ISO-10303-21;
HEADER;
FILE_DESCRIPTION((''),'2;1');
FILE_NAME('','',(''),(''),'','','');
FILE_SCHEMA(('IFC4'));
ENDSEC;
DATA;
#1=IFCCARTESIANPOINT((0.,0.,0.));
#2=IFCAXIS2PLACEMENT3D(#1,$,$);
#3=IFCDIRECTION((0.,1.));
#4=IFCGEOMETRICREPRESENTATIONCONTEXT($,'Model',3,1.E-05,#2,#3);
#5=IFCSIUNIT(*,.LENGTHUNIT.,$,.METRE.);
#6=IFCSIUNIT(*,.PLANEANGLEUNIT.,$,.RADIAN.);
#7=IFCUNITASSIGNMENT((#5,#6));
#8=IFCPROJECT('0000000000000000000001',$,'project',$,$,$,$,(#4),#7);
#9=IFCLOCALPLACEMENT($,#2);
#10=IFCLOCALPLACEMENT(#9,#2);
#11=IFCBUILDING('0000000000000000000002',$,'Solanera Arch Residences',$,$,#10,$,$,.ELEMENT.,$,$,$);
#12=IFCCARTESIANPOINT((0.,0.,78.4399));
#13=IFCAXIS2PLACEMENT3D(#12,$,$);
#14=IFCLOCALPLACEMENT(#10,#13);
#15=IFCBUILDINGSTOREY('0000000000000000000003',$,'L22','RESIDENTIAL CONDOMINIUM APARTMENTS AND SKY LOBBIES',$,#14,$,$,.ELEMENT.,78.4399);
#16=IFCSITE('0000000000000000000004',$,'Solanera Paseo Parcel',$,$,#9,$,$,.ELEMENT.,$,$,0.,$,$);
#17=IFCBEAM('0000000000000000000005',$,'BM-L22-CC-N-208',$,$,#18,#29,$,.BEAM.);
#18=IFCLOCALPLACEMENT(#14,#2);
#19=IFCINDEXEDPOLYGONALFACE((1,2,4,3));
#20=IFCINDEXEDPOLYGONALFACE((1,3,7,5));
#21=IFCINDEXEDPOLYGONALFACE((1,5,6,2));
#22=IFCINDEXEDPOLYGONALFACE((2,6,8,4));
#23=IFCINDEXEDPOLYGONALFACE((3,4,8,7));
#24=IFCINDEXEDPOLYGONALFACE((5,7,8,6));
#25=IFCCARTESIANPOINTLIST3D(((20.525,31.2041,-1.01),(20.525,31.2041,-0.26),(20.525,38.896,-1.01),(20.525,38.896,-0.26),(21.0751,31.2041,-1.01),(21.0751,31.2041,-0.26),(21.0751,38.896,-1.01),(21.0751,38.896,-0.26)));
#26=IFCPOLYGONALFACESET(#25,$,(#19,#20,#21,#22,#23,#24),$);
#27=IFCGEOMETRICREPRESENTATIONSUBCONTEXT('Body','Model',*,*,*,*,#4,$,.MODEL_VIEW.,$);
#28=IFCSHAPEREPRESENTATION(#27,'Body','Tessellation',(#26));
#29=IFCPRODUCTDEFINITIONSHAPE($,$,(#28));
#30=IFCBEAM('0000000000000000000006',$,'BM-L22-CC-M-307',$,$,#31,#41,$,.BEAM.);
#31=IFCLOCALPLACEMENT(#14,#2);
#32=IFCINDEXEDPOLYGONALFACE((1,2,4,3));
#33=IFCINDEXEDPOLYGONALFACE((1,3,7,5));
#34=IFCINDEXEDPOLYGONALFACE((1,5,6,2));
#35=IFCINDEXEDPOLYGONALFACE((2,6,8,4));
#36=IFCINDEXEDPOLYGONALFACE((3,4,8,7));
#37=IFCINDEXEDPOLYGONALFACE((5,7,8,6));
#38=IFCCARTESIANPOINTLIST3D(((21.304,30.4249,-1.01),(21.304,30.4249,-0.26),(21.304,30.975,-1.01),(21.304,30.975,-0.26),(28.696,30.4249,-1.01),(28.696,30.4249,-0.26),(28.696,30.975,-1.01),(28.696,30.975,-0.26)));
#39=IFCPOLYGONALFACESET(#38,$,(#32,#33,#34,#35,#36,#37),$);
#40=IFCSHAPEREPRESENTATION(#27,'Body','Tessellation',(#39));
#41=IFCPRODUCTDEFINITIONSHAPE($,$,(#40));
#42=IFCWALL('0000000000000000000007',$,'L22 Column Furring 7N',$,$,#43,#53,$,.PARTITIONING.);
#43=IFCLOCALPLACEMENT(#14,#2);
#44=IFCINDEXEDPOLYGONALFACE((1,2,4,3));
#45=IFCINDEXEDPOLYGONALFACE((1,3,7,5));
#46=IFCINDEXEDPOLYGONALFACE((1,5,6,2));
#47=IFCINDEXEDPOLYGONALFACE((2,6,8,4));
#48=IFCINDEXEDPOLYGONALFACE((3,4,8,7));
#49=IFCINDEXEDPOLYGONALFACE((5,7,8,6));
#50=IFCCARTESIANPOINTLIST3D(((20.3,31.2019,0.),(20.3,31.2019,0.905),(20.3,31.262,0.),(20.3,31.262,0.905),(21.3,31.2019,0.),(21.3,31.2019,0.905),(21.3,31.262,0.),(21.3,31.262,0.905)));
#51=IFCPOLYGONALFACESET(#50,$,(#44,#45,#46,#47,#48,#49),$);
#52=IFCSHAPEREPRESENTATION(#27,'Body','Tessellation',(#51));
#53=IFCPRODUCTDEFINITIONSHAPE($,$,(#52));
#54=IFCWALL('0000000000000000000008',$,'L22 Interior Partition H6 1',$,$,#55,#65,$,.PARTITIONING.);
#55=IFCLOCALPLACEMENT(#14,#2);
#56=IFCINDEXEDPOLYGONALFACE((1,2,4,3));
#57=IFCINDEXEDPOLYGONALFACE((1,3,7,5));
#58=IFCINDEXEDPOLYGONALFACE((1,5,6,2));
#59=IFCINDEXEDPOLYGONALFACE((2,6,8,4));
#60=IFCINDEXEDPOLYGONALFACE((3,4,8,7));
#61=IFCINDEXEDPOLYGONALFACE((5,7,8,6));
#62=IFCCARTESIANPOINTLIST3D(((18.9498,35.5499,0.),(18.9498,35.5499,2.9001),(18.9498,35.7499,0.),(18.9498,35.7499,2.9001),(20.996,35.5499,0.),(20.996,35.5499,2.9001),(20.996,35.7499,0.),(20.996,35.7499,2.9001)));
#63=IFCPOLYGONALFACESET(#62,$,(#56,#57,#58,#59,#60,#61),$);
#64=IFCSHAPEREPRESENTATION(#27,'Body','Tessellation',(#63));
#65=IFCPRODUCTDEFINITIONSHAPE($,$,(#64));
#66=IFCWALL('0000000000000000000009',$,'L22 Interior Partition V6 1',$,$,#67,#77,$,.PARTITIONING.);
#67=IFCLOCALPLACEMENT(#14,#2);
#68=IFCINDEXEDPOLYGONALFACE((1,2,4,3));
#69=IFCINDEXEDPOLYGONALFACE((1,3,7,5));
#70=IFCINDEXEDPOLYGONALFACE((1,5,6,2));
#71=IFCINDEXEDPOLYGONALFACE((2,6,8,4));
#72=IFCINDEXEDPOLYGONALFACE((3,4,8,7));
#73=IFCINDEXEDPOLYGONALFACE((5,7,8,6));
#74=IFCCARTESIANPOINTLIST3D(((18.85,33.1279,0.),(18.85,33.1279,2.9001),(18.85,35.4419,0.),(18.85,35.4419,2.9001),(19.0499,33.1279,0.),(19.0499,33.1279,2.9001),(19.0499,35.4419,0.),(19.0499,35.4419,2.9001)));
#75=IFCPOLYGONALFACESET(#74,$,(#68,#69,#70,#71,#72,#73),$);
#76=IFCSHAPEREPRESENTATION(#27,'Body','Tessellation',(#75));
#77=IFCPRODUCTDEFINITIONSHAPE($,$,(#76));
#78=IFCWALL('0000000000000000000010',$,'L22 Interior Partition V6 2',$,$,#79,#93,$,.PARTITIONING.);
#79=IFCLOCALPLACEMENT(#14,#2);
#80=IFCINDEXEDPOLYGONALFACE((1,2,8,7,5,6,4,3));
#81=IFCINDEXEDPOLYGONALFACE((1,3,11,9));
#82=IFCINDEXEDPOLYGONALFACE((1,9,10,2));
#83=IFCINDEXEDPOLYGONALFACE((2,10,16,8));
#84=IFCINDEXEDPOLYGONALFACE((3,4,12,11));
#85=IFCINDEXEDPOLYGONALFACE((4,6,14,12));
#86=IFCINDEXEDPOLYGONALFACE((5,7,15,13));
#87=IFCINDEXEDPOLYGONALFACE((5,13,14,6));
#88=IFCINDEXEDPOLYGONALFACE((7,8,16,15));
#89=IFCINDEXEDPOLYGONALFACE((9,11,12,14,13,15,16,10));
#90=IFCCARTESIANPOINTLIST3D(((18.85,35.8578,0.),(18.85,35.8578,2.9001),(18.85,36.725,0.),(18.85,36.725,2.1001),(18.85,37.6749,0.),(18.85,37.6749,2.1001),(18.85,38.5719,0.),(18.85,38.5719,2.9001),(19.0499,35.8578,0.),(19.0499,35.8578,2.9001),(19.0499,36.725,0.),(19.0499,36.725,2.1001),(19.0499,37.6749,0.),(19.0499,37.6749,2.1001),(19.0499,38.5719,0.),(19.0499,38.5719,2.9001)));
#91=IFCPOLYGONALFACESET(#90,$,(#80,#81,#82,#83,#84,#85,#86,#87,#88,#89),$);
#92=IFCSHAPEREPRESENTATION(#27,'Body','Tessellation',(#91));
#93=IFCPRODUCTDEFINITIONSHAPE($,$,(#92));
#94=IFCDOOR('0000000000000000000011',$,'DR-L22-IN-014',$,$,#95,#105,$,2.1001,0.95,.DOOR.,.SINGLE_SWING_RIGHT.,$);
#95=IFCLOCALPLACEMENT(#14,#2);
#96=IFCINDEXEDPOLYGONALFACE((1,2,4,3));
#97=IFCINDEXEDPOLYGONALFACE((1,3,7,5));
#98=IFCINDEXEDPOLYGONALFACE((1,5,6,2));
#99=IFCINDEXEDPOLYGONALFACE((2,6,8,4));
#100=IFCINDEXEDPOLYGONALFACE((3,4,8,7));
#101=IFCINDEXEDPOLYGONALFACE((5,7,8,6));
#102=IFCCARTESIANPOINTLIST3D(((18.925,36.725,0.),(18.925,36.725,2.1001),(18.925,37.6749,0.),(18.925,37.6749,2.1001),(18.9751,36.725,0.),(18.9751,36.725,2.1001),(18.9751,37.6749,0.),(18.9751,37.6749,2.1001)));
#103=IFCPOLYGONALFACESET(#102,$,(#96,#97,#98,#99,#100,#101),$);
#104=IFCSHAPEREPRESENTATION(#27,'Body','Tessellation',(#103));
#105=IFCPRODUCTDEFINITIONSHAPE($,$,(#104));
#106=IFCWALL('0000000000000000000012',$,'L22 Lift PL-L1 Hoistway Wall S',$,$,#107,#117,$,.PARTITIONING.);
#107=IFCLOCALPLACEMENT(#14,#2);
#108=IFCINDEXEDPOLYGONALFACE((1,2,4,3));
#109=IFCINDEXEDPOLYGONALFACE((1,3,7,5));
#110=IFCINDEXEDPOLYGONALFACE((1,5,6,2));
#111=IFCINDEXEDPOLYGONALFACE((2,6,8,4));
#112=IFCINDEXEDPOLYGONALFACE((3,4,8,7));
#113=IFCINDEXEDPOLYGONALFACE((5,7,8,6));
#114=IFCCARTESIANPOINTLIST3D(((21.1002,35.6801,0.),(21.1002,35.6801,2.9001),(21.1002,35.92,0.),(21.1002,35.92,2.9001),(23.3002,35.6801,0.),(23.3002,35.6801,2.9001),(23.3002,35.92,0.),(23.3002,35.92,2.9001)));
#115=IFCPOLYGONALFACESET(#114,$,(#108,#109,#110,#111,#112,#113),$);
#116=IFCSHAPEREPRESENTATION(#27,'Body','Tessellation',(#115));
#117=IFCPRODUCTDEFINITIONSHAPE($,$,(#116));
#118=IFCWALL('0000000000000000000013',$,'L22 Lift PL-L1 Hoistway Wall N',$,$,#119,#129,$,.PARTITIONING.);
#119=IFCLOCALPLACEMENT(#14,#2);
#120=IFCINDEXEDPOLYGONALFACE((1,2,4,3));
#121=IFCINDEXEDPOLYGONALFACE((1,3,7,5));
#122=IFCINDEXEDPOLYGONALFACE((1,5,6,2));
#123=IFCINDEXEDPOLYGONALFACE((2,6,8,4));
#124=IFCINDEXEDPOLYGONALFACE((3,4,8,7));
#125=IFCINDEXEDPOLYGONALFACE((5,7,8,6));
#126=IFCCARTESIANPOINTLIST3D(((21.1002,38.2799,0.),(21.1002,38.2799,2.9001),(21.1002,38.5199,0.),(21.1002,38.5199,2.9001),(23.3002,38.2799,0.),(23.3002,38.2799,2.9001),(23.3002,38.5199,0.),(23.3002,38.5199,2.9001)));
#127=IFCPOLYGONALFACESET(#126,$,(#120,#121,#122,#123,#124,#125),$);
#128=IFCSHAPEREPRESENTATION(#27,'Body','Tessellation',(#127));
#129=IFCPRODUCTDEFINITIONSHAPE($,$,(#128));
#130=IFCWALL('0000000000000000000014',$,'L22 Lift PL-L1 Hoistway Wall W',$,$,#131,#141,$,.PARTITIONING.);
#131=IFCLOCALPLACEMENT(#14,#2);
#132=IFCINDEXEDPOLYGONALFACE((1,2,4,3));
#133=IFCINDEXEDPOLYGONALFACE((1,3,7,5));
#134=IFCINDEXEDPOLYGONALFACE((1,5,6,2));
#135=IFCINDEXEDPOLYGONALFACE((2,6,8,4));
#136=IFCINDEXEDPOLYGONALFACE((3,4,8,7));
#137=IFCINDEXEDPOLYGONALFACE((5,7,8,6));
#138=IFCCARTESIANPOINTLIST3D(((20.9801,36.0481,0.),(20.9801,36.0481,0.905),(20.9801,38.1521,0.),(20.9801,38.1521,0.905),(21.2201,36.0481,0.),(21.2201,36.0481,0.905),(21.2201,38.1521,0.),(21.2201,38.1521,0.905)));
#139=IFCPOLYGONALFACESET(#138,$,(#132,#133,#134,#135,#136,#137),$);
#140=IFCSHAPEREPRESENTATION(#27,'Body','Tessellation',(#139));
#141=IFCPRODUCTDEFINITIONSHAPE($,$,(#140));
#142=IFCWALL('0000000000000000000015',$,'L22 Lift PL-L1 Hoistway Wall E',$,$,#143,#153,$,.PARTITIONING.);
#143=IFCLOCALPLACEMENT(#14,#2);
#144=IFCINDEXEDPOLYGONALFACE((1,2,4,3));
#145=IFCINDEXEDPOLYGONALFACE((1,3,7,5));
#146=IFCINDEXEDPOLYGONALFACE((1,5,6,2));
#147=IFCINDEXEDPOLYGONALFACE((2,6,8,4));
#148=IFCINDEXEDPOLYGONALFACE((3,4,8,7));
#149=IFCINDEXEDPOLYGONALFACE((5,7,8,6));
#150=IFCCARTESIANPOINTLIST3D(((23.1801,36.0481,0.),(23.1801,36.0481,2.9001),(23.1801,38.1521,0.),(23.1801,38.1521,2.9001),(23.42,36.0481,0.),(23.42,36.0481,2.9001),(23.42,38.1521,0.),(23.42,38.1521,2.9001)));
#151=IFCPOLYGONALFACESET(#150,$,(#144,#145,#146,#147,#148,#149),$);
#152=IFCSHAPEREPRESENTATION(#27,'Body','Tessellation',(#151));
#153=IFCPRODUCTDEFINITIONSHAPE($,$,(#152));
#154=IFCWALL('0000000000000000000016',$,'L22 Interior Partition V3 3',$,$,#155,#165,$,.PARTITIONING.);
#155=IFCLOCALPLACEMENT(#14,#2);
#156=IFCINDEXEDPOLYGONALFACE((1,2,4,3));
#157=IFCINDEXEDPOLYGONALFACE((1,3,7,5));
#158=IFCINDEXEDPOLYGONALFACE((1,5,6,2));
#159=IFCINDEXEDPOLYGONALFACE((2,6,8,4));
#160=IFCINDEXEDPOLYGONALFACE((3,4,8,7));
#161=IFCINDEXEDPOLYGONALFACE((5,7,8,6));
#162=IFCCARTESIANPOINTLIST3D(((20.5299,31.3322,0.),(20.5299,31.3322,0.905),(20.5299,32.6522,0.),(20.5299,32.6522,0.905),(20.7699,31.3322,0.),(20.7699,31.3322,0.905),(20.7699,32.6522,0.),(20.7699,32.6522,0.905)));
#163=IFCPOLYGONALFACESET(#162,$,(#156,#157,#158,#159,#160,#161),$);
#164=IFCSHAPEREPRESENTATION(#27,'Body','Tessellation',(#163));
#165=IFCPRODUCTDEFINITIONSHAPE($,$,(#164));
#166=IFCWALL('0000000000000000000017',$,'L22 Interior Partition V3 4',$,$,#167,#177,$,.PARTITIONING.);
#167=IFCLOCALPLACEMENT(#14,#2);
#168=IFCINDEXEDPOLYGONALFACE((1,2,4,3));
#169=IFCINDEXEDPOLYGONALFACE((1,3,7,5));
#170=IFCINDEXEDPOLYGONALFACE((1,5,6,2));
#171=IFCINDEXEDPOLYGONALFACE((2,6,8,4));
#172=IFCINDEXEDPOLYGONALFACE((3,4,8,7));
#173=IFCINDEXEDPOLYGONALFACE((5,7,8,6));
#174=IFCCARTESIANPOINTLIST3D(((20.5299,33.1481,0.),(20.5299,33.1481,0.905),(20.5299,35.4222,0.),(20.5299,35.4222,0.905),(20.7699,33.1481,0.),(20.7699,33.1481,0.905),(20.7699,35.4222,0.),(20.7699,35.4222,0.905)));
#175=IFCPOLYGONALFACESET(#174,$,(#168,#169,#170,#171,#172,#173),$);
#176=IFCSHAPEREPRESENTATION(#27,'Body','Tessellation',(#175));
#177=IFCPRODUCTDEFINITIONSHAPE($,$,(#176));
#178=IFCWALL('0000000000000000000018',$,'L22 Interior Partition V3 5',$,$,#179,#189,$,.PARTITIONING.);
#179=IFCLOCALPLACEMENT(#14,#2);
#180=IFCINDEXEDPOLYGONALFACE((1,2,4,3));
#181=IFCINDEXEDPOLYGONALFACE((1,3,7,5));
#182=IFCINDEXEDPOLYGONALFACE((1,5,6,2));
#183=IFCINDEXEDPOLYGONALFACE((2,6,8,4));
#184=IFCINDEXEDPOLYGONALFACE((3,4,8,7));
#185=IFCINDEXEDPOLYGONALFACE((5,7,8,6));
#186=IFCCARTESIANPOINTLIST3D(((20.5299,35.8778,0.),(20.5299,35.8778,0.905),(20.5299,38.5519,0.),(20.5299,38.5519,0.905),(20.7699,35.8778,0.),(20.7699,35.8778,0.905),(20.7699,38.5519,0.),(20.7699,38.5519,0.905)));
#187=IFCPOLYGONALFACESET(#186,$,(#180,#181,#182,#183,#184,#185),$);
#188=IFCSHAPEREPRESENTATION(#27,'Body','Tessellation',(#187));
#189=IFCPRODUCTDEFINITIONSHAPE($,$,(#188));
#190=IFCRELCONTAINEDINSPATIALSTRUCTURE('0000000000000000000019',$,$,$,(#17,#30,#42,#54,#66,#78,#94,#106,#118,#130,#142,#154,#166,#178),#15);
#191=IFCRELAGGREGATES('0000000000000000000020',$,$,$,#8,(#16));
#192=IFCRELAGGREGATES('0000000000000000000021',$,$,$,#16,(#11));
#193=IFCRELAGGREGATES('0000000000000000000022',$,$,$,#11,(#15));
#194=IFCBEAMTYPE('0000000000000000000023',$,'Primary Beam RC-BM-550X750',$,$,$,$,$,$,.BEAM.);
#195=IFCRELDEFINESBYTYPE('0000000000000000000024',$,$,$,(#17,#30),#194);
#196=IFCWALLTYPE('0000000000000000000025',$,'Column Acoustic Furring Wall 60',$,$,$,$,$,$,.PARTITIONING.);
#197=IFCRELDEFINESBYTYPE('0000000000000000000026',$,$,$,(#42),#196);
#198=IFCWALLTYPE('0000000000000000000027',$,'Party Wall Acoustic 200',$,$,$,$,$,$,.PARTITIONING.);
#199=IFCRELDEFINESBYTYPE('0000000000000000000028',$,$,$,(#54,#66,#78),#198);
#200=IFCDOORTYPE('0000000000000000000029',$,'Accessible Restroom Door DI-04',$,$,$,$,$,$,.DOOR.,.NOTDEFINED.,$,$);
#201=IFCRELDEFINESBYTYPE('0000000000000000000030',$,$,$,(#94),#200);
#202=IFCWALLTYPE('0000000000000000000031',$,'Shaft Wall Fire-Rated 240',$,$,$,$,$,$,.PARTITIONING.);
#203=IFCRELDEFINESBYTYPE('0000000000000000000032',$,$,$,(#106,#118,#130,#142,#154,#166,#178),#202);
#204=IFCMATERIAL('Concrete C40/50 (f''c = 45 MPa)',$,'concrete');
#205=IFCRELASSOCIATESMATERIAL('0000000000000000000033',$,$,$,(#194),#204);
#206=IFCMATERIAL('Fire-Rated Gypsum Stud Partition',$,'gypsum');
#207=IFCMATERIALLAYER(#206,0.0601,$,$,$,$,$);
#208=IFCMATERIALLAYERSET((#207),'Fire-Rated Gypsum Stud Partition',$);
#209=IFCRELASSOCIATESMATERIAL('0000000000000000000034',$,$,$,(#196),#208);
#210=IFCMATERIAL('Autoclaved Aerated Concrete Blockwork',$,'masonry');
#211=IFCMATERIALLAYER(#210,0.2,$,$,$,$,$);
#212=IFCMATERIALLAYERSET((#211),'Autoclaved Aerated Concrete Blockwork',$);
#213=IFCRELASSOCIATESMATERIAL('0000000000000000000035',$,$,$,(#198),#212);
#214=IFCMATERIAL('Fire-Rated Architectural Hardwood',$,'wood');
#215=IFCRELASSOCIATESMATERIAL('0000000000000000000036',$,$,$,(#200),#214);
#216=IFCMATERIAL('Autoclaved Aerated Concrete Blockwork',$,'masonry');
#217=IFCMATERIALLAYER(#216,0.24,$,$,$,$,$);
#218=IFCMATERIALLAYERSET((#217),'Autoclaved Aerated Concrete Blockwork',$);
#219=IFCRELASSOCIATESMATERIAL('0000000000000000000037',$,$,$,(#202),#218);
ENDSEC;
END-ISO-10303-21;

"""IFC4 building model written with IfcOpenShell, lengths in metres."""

from ifc_helpers import new_model, si_unit, direction, frame, frame_2d, origin, origin_2d, place, context, subcontext, project, spatial, rectangle, extrude, material, layer, layer_set, material_profile, profile_set, type_object, element, fill, save


model = new_model("IFC4")

# Units and contexts
model_context = context("Model", 3, precision=1e-05, world=origin(), true_north=direction((0.0, 1.0)))
body_context = subcontext(model_context, "Body", "Model", "MODEL_VIEW")
ifc_project = project(units=[si_unit("LENGTHUNIT", "METRE"), si_unit("PLANEANGLEUNIT", "RADIAN")], contexts=[model_context])

# Site, building, storey
site_placement = place(None, origin())
site = spatial("IfcSite", under=ifc_project, at=site_placement, Name="Solanera Paseo Parcel", CompositionType="ELEMENT", RefElevation=0.0)
building_placement = place(site_placement, origin())
building = spatial("IfcBuilding", under=site, at=building_placement, Name="Solanera Arch Residences", CompositionType="ELEMENT")
storey_placement = place(building_placement, frame((0.0, 0.0, 78.4399)))
storey = spatial("IfcBuildingStorey", under=building, at=storey_placement, Name="L22", Description="RESIDENTIAL CONDOMINIUM APARTMENTS AND SKY LOBBIES", CompositionType="ELEMENT", Elevation=78.4399)

# Beams
ifc_material_1 = material(Name="Concrete C40/50 (f'c = 45 MPa)", Category="concrete")
ifc_material_profile = material_profile(ifc_material_1, rectangle(XDim=0.55, YDim=0.75, at=origin_2d()))
ifc_profile_set = profile_set([ifc_material_profile], Name="Concrete C40/50 (f'c = 45 MPa)")
beam_type = type_object("IfcBeamType", Name="Primary Beam RC-BM-550X750", PredefinedType="BEAM", material=ifc_profile_set)
beam_1_placement = place(storey_placement, frame((20.8, 31.2041, -0.635), z_axis=(0.0, 1.0, 0.0), x_axis=(-1.0, 0.0, 0.0)))
element("IfcBeam", 1, at=beam_1_placement, inside=storey, type_object=beam_type, Name="BM-L22-CC-N-208", PredefinedType="BEAM", context=body_context, shape_type="SweptSolid", body=[
    extrude(rectangle(XDim=0.55, YDim=0.75, at=origin_2d()), origin(), (0.0, 0.0, 1.0), 7.6919),
])
beam_2_placement = place(storey_placement, frame((21.304, 30.7, -0.635), z_axis=(1.0, 0.0, 0.0), x_axis=(0.0, 1.0, 0.0)))
element("IfcBeam", 2, at=beam_2_placement, inside=storey, type_object=beam_type, Name="BM-L22-CC-M-307", PredefinedType="BEAM", context=body_context, shape_type="SweptSolid", body=[
    extrude(rectangle(XDim=0.55, YDim=0.75, at=origin_2d()), origin(), (0.0, 0.0, 1.0), 7.3921),
])

# Wall
ifc_material_2 = material(Name="Fire-Rated Gypsum Stud Partition", Category="gypsum")
ifc_layer_1 = layer(ifc_material_2, 0.0601)
ifc_layer_set_1 = layer_set([ifc_layer_1], Name="Fire-Rated Gypsum Stud Partition")
wall_type_1 = type_object("IfcWallType", Name="Column Acoustic Furring Wall 60", PredefinedType="PARTITIONING", material=ifc_layer_set_1)
wall_1_placement = place(storey_placement, frame((20.3, 31.2319, 0.0), z_axis=(0.0, 0.0, 1.0), x_axis=(1.0, 0.0, 0.0)))
element("IfcWall", 3, at=wall_1_placement, inside=storey, type_object=wall_type_1, Name="L22 Column Furring 7N", PredefinedType="PARTITIONING", context=body_context, shape_type="SweptSolid", body=[
    extrude(rectangle(XDim=1.0, YDim=0.0601, at=frame_2d((0.5, 0.0))), origin(), (0.0, 0.0, 1.0), 0.905),
])

# Walls
ifc_material_3 = material(Name="Autoclaved Aerated Concrete Blockwork", Category="masonry")
ifc_layer_2 = layer(ifc_material_3, 0.2)
ifc_layer_set_2 = layer_set([ifc_layer_2], Name="Autoclaved Aerated Concrete Blockwork")
wall_type_2 = type_object("IfcWallType", Name="Party Wall Acoustic 200", PredefinedType="PARTITIONING", material=ifc_layer_set_2)
wall_2_placement = place(storey_placement, frame((18.95, 35.6499, 0.0), z_axis=(0.0, 0.0, 1.0), x_axis=(1.0, 0.0, 0.0)))
element("IfcWall", 4, at=wall_2_placement, inside=storey, type_object=wall_type_2, Name="L22 Interior Partition H6 1", PredefinedType="PARTITIONING", context=body_context, shape_type="SweptSolid", body=[
    extrude(rectangle(XDim=2.0461, YDim=0.2, at=frame_2d((1.0229, 0.0))), origin(), (0.0, 0.0, 1.0), 2.9001),
])
wall_3_placement = place(storey_placement, frame((18.95, 33.1279, 0.0), z_axis=(0.0, 0.0, 1.0), x_axis=(0.0, 1.0, 0.0)))
element("IfcWall", 5, at=wall_3_placement, inside=storey, type_object=wall_type_2, Name="L22 Interior Partition V6 1", PredefinedType="PARTITIONING", context=body_context, shape_type="SweptSolid", body=[
    extrude(rectangle(XDim=2.314, YDim=0.2, at=frame_2d((1.157, 0.0))), origin(), (0.0, 0.0, 1.0), 2.9001),
])

# Wall, opening, door
wall_4_placement = place(storey_placement, frame((18.95, 35.8579, 0.0), z_axis=(0.0, 0.0, 1.0), x_axis=(0.0, 1.0, 0.0)))
wall_4 = element("IfcWall", 6, at=wall_4_placement, inside=storey, type_object=wall_type_2, Name="L22 Interior Partition V6 2", PredefinedType="PARTITIONING", context=body_context, shape_type="SweptSolid", body=[
    extrude(rectangle(XDim=2.7141, YDim=0.2, at=frame_2d((1.3569, 0.0))), origin(), (0.0, 0.0, 1.0), 2.9001),
])
opening_1_placement = place(wall_4_placement, frame((0.8669, 0.0, 0.0)))
opening_1 = element("IfcOpeningElement", 7, at=opening_1_placement, cuts=wall_4, PredefinedType="OPENING", context=body_context, shape_type="SweptSolid", body=[
    extrude(rectangle(XDim=0.95, YDim=2.1001, at=frame_2d((0.4751, 1.05))), frame((0.0, 0.1101, 0.0), z_axis=(0.0, -1.0, 0.0), x_axis=(1.0, 0.0, 0.0)), (0.0, 0.0, 1.0), 0.22),
])
ifc_material_4 = material(Name="Fire-Rated Architectural Hardwood", Category="wood")
door_type_1 = type_object("IfcDoorType", Name="Accessible Restroom Door DI-04", OperationType="NOTDEFINED", PredefinedType="DOOR", material=ifc_material_4)
door_1_placement = place(opening_1_placement, origin())
door_1 = element("IfcDoor", 8, at=door_1_placement, inside=storey, type_object=door_type_1, Name="DR-L22-IN-014", OperationType="SINGLE_SWING_RIGHT", OverallHeight=2.1001, OverallWidth=0.95, PredefinedType="DOOR", context=body_context, shape_type="SweptSolid", body=[
    extrude(rectangle(XDim=0.95, YDim=2.1001, at=frame_2d((0.4751, 1.05))), frame((0.0, 0.0249, 0.0), z_axis=(0.0, -1.0, 0.0), x_axis=(1.0, 0.0, 0.0)), (0.0, 0.0, 1.0), 0.05),
])
fill(opening_1, door_1)

# Walls
ifc_material_5 = material(Name="Autoclaved Aerated Concrete Blockwork", Category="masonry")
ifc_layer_3 = layer(ifc_material_5, 0.24)
ifc_layer_set_3 = layer_set([ifc_layer_3], Name="Autoclaved Aerated Concrete Blockwork")
wall_type_3 = type_object("IfcWallType", Name="Shaft Wall Fire-Rated 240", PredefinedType="PARTITIONING", material=ifc_layer_set_3)
for number, where, z_axis, x_axis, name in (
    (9, (21.1001, 35.8, 0.0), (0.0, 0.0, 1.0), (1.0, 0.0, 0.0), "L22 Lift PL-L1 Hoistway Wall S"),
    (10, (21.1001, 38.3999, 0.0), (0.0, 0.0, 1.0), (1.0, 0.0, 0.0), "L22 Lift PL-L1 Hoistway Wall N"),
):
    element("IfcWall", number, at=place(storey_placement, frame(where, z_axis=z_axis, x_axis=x_axis)), inside=storey, type_object=wall_type_3, Name=name, PredefinedType="PARTITIONING", context=body_context, shape_type="SweptSolid", body=[
        extrude(rectangle(XDim=2.2, YDim=0.24, at=frame_2d((1.1001, 0.0))), origin(), (0.0, 0.0, 1.0), 2.9001),
    ])
wall_5_placement = place(storey_placement, frame((21.1001, 36.0481, 0.0), z_axis=(0.0, 0.0, 1.0), x_axis=(0.0, 1.0, 0.0)))
element("IfcWall", 11, at=wall_5_placement, inside=storey, type_object=wall_type_3, Name="L22 Lift PL-L1 Hoistway Wall W", PredefinedType="PARTITIONING", context=body_context, shape_type="SweptSolid", body=[
    extrude(rectangle(XDim=2.104, YDim=0.24, at=frame_2d((1.052, 0.0))), origin(), (0.0, 0.0, 1.0), 0.905),
])
wall_6_placement = place(storey_placement, frame((23.3, 36.0481, 0.0), z_axis=(0.0, 0.0, 1.0), x_axis=(0.0, 1.0, 0.0)))
element("IfcWall", 12, at=wall_6_placement, inside=storey, type_object=wall_type_3, Name="L22 Lift PL-L1 Hoistway Wall E", PredefinedType="PARTITIONING", context=body_context, shape_type="SweptSolid", body=[
    extrude(rectangle(XDim=2.104, YDim=0.24, at=frame_2d((1.052, 0.0))), origin(), (0.0, 0.0, 1.0), 2.9001),
])

# Walls
wall_7_placement = place(storey_placement, frame((20.6499, 31.332, 0.0), z_axis=(0.0, 0.0, 1.0), x_axis=(0.0, 1.0, 0.0)))
element("IfcWall", 13, at=wall_7_placement, inside=storey, type_object=wall_type_3, Name="L22 Interior Partition V3 3", PredefinedType="PARTITIONING", context=body_context, shape_type="SweptSolid", body=[
    extrude(rectangle(XDim=1.3201, YDim=0.24, at=frame_2d((0.6602, 0.0))), origin(), (0.0, 0.0, 1.0), 0.905),
])
wall_8_placement = place(storey_placement, frame((20.6499, 33.1479, 0.0), z_axis=(0.0, 0.0, 1.0), x_axis=(0.0, 1.0, 0.0)))
element("IfcWall", 14, at=wall_8_placement, inside=storey, type_object=wall_type_3, Name="L22 Interior Partition V3 4", PredefinedType="PARTITIONING", context=body_context, shape_type="SweptSolid", body=[
    extrude(rectangle(XDim=2.2742, YDim=0.24, at=frame_2d((1.1372, 0.0))), origin(), (0.0, 0.0, 1.0), 0.905),
])
wall_9_placement = place(storey_placement, frame((20.6499, 35.8779, 0.0), z_axis=(0.0, 0.0, 1.0), x_axis=(0.0, 1.0, 0.0)))
element("IfcWall", 15, at=wall_9_placement, inside=storey, type_object=wall_type_3, Name="L22 Interior Partition V3 5", PredefinedType="PARTITIONING", context=body_context, shape_type="SweptSolid", body=[
    extrude(rectangle(XDim=2.6741, YDim=0.24, at=frame_2d((1.3369, 0.0))), origin(), (0.0, 0.0, 1.0), 0.905),
])

save(model, "model.ifc")
